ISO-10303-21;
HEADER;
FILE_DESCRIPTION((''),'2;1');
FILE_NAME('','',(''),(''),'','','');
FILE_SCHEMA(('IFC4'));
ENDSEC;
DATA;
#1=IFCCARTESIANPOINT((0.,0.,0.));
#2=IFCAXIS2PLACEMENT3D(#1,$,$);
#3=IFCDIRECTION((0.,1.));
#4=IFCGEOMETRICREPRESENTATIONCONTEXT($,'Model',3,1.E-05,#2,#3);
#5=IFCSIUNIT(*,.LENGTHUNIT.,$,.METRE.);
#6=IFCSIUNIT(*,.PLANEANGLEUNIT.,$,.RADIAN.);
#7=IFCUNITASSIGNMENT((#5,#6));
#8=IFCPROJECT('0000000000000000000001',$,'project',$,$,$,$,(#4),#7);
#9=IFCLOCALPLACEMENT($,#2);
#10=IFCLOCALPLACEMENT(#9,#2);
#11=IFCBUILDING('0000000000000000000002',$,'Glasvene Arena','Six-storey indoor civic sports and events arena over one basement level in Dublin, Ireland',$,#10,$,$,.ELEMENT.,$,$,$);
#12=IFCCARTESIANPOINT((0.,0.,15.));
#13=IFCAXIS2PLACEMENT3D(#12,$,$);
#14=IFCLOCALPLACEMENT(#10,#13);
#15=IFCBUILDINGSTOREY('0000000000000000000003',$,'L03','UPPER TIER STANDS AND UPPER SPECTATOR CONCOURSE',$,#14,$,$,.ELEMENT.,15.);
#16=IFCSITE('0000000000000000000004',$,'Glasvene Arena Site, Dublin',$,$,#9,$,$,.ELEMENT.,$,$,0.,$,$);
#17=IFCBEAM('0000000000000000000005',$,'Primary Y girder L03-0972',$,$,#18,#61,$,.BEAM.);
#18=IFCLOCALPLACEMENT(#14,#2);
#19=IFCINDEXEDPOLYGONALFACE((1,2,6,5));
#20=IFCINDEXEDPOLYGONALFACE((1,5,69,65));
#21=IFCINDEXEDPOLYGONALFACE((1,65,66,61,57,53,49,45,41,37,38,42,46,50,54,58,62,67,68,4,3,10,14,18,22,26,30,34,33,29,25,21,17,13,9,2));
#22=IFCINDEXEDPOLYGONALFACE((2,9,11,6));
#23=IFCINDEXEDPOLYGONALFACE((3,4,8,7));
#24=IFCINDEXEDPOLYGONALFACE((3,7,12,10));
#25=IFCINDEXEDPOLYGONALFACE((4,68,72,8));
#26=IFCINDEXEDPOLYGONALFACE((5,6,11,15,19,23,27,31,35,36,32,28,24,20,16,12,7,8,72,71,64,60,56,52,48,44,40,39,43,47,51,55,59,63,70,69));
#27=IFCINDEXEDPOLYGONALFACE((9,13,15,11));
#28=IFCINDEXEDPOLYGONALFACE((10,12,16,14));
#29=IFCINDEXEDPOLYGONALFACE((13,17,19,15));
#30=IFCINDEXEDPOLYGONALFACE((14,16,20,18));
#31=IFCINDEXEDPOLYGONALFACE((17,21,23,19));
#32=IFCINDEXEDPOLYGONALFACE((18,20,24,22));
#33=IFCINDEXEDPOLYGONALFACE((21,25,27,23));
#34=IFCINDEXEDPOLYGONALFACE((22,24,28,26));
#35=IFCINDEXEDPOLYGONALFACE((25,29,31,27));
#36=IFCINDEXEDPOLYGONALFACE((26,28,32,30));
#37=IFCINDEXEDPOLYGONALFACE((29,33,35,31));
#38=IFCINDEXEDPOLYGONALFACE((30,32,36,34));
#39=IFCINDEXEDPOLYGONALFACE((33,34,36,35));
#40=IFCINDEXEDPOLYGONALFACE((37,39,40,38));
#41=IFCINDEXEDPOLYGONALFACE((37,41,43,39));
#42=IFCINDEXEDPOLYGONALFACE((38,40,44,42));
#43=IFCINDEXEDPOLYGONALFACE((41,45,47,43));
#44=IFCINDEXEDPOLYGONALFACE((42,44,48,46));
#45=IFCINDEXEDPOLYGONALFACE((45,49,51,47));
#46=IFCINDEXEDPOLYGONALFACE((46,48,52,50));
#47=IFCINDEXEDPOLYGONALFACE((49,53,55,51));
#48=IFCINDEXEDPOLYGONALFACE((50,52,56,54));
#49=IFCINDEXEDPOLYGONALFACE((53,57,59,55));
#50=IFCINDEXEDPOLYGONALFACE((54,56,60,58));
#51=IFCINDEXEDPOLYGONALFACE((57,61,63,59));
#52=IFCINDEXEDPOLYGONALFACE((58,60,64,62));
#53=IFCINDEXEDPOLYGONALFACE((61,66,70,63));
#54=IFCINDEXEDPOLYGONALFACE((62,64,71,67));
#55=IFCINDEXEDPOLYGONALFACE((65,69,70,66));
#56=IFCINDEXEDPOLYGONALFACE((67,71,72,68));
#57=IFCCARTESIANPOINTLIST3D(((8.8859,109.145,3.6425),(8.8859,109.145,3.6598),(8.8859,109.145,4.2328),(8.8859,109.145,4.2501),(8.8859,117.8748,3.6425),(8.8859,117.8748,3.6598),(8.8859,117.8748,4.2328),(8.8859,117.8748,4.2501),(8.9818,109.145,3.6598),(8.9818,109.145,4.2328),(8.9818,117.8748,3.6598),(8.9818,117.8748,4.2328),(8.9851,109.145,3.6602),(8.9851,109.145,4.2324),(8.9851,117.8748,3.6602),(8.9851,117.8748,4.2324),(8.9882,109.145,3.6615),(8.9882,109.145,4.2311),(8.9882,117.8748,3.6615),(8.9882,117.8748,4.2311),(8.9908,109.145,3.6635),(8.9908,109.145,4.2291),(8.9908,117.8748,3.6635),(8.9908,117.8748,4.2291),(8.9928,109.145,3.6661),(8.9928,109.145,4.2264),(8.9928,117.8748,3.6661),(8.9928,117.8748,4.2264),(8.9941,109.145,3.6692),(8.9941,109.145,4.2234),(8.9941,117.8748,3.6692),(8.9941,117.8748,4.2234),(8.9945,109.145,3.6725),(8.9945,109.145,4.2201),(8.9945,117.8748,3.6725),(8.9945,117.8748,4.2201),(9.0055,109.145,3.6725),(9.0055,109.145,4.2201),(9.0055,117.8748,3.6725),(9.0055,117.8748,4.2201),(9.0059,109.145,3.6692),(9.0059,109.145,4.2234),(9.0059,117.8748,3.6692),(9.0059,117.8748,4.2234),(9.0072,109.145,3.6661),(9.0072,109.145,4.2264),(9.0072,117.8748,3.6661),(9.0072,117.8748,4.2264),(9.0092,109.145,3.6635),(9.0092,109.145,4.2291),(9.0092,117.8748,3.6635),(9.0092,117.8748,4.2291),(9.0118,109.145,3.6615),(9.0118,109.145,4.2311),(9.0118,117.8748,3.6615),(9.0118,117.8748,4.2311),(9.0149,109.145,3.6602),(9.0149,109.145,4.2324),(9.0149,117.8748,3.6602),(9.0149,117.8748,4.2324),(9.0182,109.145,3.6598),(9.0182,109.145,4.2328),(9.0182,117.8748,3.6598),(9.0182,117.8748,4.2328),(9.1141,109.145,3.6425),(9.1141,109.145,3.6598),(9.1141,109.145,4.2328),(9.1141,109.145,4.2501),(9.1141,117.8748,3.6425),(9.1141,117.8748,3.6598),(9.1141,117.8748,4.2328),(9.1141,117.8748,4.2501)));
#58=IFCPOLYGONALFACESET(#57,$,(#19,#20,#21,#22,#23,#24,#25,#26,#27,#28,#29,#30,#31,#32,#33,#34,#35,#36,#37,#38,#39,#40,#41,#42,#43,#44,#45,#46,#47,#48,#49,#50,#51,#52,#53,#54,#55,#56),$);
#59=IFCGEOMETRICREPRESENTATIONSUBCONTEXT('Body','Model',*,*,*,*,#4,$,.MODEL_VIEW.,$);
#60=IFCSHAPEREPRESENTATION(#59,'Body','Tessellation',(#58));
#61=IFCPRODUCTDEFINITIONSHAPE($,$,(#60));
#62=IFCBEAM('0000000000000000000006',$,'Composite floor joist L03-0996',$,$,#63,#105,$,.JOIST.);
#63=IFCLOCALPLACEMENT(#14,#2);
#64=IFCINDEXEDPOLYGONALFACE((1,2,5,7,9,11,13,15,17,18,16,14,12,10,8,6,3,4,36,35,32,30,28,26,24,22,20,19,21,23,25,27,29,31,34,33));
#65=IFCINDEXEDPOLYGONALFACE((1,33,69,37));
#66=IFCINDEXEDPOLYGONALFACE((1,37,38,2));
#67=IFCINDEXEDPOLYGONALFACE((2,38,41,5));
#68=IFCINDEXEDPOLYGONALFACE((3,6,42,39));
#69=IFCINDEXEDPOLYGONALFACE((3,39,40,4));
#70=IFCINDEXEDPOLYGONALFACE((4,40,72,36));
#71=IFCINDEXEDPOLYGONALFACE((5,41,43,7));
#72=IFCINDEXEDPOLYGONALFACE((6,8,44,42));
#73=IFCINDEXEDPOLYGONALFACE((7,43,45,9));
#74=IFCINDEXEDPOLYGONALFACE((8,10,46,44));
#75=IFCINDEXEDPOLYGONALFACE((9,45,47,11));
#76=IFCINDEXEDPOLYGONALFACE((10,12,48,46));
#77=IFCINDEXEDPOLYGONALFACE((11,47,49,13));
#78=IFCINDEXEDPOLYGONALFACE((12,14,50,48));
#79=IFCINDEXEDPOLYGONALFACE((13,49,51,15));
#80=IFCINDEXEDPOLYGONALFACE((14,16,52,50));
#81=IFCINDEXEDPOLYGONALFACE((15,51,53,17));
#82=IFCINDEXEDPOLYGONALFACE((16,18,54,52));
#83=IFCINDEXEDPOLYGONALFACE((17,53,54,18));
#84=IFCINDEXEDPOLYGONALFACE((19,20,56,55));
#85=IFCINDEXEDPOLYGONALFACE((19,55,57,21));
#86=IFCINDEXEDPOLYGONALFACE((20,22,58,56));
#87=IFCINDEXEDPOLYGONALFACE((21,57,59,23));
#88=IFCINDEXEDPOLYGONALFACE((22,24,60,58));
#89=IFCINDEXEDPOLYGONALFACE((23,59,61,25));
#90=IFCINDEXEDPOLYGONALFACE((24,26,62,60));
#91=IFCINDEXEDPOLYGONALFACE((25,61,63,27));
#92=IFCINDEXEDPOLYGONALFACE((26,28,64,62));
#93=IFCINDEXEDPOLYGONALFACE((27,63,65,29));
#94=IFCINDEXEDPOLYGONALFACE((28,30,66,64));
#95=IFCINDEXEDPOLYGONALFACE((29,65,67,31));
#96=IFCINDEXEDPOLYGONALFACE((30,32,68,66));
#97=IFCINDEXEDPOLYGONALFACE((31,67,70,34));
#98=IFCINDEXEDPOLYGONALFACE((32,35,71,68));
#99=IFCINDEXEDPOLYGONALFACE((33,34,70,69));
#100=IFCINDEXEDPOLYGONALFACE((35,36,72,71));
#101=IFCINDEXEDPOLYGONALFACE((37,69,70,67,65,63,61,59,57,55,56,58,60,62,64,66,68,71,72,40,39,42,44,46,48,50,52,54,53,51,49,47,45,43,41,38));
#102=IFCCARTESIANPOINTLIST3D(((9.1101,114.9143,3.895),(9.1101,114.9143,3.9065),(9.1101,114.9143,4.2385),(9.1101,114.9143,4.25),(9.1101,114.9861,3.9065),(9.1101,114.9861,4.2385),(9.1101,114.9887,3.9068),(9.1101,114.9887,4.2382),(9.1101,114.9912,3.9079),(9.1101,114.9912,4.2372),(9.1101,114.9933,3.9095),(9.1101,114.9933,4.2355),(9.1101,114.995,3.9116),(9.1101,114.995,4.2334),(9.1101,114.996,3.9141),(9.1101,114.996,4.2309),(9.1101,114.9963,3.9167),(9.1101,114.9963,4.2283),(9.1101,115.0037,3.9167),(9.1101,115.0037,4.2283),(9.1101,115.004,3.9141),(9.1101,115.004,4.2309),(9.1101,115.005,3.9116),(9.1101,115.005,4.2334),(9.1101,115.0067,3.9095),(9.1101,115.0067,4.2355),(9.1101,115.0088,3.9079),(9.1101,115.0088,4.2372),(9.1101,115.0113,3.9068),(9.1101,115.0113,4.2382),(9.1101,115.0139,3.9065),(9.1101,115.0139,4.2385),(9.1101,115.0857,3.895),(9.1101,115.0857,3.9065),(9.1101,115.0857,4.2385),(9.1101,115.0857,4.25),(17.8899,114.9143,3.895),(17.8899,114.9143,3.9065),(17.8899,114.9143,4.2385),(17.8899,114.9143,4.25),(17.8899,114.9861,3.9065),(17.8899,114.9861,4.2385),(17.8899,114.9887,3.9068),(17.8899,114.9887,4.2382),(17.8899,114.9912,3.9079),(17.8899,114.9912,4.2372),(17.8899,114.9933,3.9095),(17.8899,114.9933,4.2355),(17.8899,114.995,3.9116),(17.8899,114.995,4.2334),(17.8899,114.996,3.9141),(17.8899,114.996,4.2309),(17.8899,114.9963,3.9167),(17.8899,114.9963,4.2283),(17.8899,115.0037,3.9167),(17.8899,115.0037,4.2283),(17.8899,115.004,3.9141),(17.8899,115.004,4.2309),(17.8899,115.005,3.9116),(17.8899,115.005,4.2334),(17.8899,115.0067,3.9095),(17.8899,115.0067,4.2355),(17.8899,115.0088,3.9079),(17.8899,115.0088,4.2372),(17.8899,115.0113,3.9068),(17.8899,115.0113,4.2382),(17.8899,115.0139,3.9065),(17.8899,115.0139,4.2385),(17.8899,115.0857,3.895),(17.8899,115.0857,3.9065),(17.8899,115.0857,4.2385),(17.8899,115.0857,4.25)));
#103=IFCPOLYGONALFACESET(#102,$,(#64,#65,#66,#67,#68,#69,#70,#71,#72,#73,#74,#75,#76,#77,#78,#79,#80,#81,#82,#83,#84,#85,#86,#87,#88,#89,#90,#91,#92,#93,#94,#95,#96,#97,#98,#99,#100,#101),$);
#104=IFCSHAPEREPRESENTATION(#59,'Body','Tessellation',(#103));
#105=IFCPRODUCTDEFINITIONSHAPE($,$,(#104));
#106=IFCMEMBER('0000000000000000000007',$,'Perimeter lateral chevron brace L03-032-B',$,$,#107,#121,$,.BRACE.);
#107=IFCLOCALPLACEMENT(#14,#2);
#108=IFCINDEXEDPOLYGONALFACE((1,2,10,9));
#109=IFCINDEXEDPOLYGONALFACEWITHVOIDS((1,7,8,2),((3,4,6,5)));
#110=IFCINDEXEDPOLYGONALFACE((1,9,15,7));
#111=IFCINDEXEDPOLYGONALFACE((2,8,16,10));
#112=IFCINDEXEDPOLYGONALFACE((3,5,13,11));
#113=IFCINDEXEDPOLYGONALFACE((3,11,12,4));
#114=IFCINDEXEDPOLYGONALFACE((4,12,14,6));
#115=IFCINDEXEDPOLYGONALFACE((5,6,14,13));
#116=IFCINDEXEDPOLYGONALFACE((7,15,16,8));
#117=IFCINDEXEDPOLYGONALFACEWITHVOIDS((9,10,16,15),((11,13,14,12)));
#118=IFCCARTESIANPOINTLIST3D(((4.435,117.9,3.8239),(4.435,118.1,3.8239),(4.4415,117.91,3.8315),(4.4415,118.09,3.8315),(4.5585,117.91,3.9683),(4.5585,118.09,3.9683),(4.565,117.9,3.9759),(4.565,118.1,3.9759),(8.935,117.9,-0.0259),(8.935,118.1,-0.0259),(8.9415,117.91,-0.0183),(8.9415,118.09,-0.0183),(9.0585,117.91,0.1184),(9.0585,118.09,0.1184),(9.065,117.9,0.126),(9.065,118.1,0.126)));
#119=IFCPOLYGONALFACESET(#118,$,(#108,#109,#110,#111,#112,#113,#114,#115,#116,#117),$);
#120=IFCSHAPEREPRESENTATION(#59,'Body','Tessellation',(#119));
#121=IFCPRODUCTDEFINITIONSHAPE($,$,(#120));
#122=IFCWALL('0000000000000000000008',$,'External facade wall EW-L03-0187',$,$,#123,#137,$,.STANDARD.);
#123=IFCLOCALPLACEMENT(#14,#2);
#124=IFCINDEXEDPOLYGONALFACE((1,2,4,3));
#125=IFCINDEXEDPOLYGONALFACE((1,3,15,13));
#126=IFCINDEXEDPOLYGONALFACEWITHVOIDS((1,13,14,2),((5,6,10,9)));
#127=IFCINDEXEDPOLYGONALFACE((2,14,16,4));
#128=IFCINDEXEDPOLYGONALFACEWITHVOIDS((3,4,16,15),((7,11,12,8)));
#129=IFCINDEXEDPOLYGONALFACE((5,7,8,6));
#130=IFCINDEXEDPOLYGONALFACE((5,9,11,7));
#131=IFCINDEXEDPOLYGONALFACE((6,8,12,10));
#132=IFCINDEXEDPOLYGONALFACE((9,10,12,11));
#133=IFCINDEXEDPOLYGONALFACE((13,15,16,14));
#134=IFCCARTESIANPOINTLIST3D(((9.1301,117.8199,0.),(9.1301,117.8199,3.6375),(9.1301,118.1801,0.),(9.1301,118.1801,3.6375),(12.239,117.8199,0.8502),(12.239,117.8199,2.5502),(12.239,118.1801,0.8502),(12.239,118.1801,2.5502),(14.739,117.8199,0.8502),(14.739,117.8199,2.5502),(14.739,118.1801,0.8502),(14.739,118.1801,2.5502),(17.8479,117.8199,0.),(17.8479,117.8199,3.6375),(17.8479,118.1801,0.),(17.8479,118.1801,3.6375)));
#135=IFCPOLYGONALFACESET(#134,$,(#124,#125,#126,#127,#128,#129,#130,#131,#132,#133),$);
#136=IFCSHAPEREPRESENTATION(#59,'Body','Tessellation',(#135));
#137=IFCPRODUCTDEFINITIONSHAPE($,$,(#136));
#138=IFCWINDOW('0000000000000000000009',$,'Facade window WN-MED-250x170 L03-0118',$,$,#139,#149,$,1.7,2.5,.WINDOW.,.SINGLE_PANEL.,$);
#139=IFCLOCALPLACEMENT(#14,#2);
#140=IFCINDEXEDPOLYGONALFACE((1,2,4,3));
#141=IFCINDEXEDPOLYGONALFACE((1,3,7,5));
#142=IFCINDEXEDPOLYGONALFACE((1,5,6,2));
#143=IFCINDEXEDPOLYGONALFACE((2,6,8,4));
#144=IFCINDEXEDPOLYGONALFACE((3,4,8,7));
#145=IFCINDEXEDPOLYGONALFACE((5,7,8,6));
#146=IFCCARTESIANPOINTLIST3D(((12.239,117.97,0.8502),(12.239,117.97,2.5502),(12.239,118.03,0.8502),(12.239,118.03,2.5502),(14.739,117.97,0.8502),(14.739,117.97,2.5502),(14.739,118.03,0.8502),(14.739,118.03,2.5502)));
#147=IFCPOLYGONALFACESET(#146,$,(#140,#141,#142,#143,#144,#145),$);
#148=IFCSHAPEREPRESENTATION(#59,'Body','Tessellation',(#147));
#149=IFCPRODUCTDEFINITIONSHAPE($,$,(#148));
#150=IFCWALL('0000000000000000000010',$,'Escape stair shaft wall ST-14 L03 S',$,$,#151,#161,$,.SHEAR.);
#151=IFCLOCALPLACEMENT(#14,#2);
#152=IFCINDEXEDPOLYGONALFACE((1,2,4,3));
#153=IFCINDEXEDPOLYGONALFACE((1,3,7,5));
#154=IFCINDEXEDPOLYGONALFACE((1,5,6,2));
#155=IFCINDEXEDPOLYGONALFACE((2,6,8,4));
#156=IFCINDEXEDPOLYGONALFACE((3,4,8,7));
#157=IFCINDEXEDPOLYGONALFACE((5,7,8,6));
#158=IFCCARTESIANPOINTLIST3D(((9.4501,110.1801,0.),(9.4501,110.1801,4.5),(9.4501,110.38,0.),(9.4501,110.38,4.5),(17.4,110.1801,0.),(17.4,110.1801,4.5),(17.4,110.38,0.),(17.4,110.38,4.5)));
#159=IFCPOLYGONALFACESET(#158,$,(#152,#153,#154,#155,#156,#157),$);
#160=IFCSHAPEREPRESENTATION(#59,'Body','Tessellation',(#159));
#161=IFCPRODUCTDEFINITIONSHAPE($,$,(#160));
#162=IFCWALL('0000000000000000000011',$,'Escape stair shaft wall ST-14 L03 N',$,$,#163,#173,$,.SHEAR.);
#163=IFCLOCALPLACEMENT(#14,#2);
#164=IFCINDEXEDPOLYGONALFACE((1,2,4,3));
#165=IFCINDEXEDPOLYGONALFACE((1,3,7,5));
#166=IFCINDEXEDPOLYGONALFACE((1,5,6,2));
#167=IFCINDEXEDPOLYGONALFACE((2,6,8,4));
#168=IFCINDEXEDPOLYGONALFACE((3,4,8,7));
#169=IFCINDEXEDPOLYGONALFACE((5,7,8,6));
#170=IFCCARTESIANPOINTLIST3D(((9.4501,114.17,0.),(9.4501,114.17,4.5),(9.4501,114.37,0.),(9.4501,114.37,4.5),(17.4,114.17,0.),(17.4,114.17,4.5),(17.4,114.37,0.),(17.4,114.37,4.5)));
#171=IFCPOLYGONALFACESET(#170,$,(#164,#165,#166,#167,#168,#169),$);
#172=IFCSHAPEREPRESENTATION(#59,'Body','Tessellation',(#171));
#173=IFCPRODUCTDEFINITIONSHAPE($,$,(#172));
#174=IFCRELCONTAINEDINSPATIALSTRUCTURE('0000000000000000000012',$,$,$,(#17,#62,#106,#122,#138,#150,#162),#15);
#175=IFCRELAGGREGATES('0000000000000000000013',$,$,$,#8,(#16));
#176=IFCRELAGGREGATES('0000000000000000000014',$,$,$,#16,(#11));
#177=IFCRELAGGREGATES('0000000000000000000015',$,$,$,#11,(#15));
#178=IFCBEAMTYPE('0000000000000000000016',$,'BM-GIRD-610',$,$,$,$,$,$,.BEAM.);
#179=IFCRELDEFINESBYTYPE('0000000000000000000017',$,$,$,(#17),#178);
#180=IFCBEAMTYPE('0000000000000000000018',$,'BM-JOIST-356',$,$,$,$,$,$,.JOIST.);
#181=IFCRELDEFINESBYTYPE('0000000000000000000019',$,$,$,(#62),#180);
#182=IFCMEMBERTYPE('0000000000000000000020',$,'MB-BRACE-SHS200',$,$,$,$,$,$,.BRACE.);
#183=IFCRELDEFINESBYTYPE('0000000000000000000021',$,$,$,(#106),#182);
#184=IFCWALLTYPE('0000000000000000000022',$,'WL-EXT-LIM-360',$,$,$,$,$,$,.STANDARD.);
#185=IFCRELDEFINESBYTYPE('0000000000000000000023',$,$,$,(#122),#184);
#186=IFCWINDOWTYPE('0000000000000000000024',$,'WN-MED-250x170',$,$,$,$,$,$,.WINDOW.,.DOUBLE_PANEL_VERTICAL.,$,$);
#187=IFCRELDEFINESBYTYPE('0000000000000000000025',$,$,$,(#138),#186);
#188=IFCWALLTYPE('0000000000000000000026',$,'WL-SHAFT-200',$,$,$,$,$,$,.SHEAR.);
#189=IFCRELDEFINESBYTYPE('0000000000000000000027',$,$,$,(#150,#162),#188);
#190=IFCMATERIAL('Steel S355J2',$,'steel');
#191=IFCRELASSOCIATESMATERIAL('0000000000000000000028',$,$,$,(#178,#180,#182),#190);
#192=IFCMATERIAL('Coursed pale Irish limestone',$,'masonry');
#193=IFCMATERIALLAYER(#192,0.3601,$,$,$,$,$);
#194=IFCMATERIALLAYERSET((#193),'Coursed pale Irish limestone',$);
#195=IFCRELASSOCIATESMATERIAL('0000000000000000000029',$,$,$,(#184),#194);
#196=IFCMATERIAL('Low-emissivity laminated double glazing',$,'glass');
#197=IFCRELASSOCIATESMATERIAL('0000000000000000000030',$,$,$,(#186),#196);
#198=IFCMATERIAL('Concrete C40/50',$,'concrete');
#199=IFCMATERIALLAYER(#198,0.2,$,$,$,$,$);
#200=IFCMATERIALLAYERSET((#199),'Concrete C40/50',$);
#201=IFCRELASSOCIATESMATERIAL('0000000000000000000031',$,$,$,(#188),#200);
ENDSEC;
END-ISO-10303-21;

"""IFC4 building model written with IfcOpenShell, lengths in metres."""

from ifc_helpers import new_model, si_unit, direction, frame, frame_2d, origin, origin_2d, place, context, subcontext, project, spatial, rectangle, hollow_rectangle, i_section, extrude, material, layer, layer_set, material_profile, profile_set, type_object, element, fill, save


model = new_model("IFC4")

# Units and contexts
model_context = context("Model", 3, precision=1e-05, world=origin(), true_north=direction((0.0, 1.0)))
body_context = subcontext(model_context, "Body", "Model", "MODEL_VIEW")
ifc_project = project(units=[si_unit("LENGTHUNIT", "METRE"), si_unit("PLANEANGLEUNIT", "RADIAN")], contexts=[model_context])

# Site, building, storey
site_placement = place(None, origin())
site = spatial("IfcSite", under=ifc_project, at=site_placement, Name="Glasvene Arena Site, Dublin", CompositionType="ELEMENT", RefElevation=0.0)
building_placement = place(site_placement, origin())
building = spatial("IfcBuilding", under=site, at=building_placement, Name="Glasvene Arena", Description="Six-storey indoor civic sports and events arena over one basement level in Dublin, Ireland", CompositionType="ELEMENT")
storey_placement = place(building_placement, frame((0.0, 0.0, 15.0)))
storey = spatial("IfcBuildingStorey", under=building, at=storey_placement, Name="L03", Description="UPPER TIER STANDS AND UPPER SPECTATOR CONCOURSE", CompositionType="ELEMENT", Elevation=15.0)

# Shared definitions
ifc_material_1 = material(Name="Steel S355J2", Category="steel")

# Beams
ifc_material_profile_1 = material_profile(ifc_material_1, i_section(OverallWidth=0.2283, OverallDepth=0.6077, WebThickness=0.011, FlangeThickness=0.0173, FilletRadius=0.0127, at=origin_2d()), Name="UKB 610x229x113")
ifc_profile_set_1 = profile_set([ifc_material_profile_1], Name="Steel S355J2")
beam_type_1 = type_object("IfcBeamType", Name="BM-GIRD-610", PredefinedType="BEAM", material=ifc_profile_set_1)
beam_1_placement = place(storey_placement, frame((9.0, 109.145, 3.9463), z_axis=(0.0, 1.0, 0.0), x_axis=(-1.0, 0.0, 0.0)))
element("IfcBeam", 1, at=beam_1_placement, inside=storey, type_object=beam_type_1, Name="Primary Y girder L03-0972", PredefinedType="BEAM", context=body_context, shape_type="SweptSolid", body=[
    extrude(i_section(OverallWidth=0.2283, OverallDepth=0.6077, WebThickness=0.011, FlangeThickness=0.0173, FilletRadius=0.0127, at=origin_2d()), origin(), (0.0, 0.0, 1.0), 8.7297),
])
ifc_material_profile_2 = material_profile(ifc_material_1, i_section(OverallWidth=0.1714, OverallDepth=0.355, WebThickness=0.0073, FlangeThickness=0.0115, FilletRadius=0.0103, at=origin_2d()), Name="UKB 356x171x51")
ifc_profile_set_2 = profile_set([ifc_material_profile_2], Name="Steel S355J2")
beam_type_2 = type_object("IfcBeamType", Name="BM-JOIST-356", PredefinedType="JOIST", material=ifc_profile_set_2)
beam_2_placement = place(storey_placement, frame((9.1101, 115.0, 4.0725), z_axis=(1.0, 0.0, 0.0), x_axis=(0.0, 1.0, 0.0)))
element("IfcBeam", 2, at=beam_2_placement, inside=storey, type_object=beam_type_2, Name="Composite floor joist L03-0996", PredefinedType="JOIST", context=body_context, shape_type="SweptSolid", body=[
    extrude(i_section(OverallWidth=0.1714, OverallDepth=0.355, WebThickness=0.0073, FlangeThickness=0.0115, FilletRadius=0.0103, at=origin_2d()), origin(), (0.0, 0.0, 1.0), 8.7798),
])

# Member
ifc_material_profile_3 = material_profile(ifc_material_1, hollow_rectangle(XDim=0.2, YDim=0.2, WallThickness=0.01, at=origin_2d()), Name="SHS 200x200x10.0")
ifc_profile_set_3 = profile_set([ifc_material_profile_3], Name="Steel S355J2")
member_type = type_object("IfcMemberType", Name="MB-BRACE-SHS200", PredefinedType="BRACE", material=ifc_profile_set_3)
member_placement = place(storey_placement, frame((9.0, 118.0, 0.05), z_axis=(-0.759864, 0.0, 0.650082), x_axis=(0.0, -1.0, 0.0)))
element("IfcMember", 3, at=member_placement, inside=storey, type_object=member_type, Name="Perimeter lateral chevron brace L03-032-B", PredefinedType="BRACE", context=body_context, shape_type="SweptSolid", body=[
    extrude(hollow_rectangle(XDim=0.2, YDim=0.2, WallThickness=0.01, at=origin_2d()), origin(), (0.0, 0.0, 1.0), 5.9221),
])

# Wall, opening, window
ifc_material_2 = material(Name="Coursed pale Irish limestone", Category="masonry")
ifc_layer_1 = layer(ifc_material_2, 0.3601)
ifc_layer_set_1 = layer_set([ifc_layer_1], Name="Coursed pale Irish limestone")
wall_type_1 = type_object("IfcWallType", Name="WL-EXT-LIM-360", PredefinedType="STANDARD", material=ifc_layer_set_1)
wall_1_placement = place(storey_placement, frame((9.1301, 118.0, 0.0), z_axis=(0.0, 0.0, 1.0), x_axis=(1.0, 0.0, 0.0)))
wall_1 = element("IfcWall", 4, at=wall_1_placement, inside=storey, type_object=wall_type_1, Name="External facade wall EW-L03-0187", PredefinedType="STANDARD", context=body_context, shape_type="SweptSolid", body=[
    extrude(rectangle(XDim=8.7178, YDim=0.3601, at=frame_2d((4.3589, 0.0))), origin(), (0.0, 0.0, 1.0), 3.6375),
])
opening_1_placement = place(wall_1_placement, frame((3.1089, 0.0, 0.8501)))
opening_1 = element("IfcOpeningElement", 5, at=opening_1_placement, cuts=wall_1, PredefinedType="OPENING", context=body_context, shape_type="SweptSolid", body=[
    extrude(rectangle(XDim=2.5, YDim=1.7, at=frame_2d((1.25, 0.8501))), frame((0.0, 0.1899, 0.0), z_axis=(0.0, -1.0, 0.0), x_axis=(1.0, 0.0, 0.0)), (0.0, 0.0, 1.0), 0.3801),
])
ifc_material_3 = material(Name="Low-emissivity laminated double glazing", Category="glass")
window_type = type_object("IfcWindowType", Name="WN-MED-250x170", PartitioningType="DOUBLE_PANEL_VERTICAL", PredefinedType="WINDOW", material=ifc_material_3)
window_placement = place(opening_1_placement, origin())
window = element("IfcWindow", 6, at=window_placement, inside=storey, type_object=window_type, Name="Facade window WN-MED-250x170 L03-0118", OverallHeight=1.7, OverallWidth=2.5, PartitioningType="SINGLE_PANEL", PredefinedType="WINDOW", context=body_context, shape_type="SweptSolid", body=[
    extrude(rectangle(XDim=2.5, YDim=1.7, at=frame_2d((1.25, 0.8501))), frame((0.0, 0.03, 0.0), z_axis=(0.0, -1.0, 0.0), x_axis=(1.0, 0.0, 0.0)), (0.0, 0.0, 1.0), 0.0601),
])
fill(opening_1, window)

# Wall
ifc_material_4 = material(Name="Concrete C40/50", Category="concrete")
ifc_layer_2 = layer(ifc_material_4, 0.2)
ifc_layer_set_2 = layer_set([ifc_layer_2], Name="Concrete C40/50")
wall_type_2 = type_object("IfcWallType", Name="WL-SHAFT-200", PredefinedType="SHEAR", material=ifc_layer_set_2)
wall_2_placement = place(storey_placement, frame((9.45, 110.28, 0.0), z_axis=(0.0, 0.0, 1.0), x_axis=(1.0, 0.0, 0.0)))
element("IfcWall", 7, at=wall_2_placement, inside=storey, type_object=wall_type_2, Name="Escape stair shaft wall ST-14 L03 S", PredefinedType="SHEAR", context=body_context, shape_type="SweptSolid", body=[
    extrude(rectangle(XDim=7.95, YDim=0.2, at=frame_2d((3.9751, 0.0))), origin(), (0.0, 0.0, 1.0), 4.5),
])

# Wall
wall_3_placement = place(storey_placement, frame((9.45, 114.27, 0.0), z_axis=(0.0, 0.0, 1.0), x_axis=(1.0, 0.0, 0.0)))
element("IfcWall", 8, at=wall_3_placement, inside=storey, type_object=wall_type_2, Name="Escape stair shaft wall ST-14 L03 N", PredefinedType="SHEAR", context=body_context, shape_type="SweptSolid", body=[
    extrude(rectangle(XDim=7.95, YDim=0.2, at=frame_2d((3.9751, 0.0))), origin(), (0.0, 0.0, 1.0), 4.5),
])

save(model, "model.ifc")
